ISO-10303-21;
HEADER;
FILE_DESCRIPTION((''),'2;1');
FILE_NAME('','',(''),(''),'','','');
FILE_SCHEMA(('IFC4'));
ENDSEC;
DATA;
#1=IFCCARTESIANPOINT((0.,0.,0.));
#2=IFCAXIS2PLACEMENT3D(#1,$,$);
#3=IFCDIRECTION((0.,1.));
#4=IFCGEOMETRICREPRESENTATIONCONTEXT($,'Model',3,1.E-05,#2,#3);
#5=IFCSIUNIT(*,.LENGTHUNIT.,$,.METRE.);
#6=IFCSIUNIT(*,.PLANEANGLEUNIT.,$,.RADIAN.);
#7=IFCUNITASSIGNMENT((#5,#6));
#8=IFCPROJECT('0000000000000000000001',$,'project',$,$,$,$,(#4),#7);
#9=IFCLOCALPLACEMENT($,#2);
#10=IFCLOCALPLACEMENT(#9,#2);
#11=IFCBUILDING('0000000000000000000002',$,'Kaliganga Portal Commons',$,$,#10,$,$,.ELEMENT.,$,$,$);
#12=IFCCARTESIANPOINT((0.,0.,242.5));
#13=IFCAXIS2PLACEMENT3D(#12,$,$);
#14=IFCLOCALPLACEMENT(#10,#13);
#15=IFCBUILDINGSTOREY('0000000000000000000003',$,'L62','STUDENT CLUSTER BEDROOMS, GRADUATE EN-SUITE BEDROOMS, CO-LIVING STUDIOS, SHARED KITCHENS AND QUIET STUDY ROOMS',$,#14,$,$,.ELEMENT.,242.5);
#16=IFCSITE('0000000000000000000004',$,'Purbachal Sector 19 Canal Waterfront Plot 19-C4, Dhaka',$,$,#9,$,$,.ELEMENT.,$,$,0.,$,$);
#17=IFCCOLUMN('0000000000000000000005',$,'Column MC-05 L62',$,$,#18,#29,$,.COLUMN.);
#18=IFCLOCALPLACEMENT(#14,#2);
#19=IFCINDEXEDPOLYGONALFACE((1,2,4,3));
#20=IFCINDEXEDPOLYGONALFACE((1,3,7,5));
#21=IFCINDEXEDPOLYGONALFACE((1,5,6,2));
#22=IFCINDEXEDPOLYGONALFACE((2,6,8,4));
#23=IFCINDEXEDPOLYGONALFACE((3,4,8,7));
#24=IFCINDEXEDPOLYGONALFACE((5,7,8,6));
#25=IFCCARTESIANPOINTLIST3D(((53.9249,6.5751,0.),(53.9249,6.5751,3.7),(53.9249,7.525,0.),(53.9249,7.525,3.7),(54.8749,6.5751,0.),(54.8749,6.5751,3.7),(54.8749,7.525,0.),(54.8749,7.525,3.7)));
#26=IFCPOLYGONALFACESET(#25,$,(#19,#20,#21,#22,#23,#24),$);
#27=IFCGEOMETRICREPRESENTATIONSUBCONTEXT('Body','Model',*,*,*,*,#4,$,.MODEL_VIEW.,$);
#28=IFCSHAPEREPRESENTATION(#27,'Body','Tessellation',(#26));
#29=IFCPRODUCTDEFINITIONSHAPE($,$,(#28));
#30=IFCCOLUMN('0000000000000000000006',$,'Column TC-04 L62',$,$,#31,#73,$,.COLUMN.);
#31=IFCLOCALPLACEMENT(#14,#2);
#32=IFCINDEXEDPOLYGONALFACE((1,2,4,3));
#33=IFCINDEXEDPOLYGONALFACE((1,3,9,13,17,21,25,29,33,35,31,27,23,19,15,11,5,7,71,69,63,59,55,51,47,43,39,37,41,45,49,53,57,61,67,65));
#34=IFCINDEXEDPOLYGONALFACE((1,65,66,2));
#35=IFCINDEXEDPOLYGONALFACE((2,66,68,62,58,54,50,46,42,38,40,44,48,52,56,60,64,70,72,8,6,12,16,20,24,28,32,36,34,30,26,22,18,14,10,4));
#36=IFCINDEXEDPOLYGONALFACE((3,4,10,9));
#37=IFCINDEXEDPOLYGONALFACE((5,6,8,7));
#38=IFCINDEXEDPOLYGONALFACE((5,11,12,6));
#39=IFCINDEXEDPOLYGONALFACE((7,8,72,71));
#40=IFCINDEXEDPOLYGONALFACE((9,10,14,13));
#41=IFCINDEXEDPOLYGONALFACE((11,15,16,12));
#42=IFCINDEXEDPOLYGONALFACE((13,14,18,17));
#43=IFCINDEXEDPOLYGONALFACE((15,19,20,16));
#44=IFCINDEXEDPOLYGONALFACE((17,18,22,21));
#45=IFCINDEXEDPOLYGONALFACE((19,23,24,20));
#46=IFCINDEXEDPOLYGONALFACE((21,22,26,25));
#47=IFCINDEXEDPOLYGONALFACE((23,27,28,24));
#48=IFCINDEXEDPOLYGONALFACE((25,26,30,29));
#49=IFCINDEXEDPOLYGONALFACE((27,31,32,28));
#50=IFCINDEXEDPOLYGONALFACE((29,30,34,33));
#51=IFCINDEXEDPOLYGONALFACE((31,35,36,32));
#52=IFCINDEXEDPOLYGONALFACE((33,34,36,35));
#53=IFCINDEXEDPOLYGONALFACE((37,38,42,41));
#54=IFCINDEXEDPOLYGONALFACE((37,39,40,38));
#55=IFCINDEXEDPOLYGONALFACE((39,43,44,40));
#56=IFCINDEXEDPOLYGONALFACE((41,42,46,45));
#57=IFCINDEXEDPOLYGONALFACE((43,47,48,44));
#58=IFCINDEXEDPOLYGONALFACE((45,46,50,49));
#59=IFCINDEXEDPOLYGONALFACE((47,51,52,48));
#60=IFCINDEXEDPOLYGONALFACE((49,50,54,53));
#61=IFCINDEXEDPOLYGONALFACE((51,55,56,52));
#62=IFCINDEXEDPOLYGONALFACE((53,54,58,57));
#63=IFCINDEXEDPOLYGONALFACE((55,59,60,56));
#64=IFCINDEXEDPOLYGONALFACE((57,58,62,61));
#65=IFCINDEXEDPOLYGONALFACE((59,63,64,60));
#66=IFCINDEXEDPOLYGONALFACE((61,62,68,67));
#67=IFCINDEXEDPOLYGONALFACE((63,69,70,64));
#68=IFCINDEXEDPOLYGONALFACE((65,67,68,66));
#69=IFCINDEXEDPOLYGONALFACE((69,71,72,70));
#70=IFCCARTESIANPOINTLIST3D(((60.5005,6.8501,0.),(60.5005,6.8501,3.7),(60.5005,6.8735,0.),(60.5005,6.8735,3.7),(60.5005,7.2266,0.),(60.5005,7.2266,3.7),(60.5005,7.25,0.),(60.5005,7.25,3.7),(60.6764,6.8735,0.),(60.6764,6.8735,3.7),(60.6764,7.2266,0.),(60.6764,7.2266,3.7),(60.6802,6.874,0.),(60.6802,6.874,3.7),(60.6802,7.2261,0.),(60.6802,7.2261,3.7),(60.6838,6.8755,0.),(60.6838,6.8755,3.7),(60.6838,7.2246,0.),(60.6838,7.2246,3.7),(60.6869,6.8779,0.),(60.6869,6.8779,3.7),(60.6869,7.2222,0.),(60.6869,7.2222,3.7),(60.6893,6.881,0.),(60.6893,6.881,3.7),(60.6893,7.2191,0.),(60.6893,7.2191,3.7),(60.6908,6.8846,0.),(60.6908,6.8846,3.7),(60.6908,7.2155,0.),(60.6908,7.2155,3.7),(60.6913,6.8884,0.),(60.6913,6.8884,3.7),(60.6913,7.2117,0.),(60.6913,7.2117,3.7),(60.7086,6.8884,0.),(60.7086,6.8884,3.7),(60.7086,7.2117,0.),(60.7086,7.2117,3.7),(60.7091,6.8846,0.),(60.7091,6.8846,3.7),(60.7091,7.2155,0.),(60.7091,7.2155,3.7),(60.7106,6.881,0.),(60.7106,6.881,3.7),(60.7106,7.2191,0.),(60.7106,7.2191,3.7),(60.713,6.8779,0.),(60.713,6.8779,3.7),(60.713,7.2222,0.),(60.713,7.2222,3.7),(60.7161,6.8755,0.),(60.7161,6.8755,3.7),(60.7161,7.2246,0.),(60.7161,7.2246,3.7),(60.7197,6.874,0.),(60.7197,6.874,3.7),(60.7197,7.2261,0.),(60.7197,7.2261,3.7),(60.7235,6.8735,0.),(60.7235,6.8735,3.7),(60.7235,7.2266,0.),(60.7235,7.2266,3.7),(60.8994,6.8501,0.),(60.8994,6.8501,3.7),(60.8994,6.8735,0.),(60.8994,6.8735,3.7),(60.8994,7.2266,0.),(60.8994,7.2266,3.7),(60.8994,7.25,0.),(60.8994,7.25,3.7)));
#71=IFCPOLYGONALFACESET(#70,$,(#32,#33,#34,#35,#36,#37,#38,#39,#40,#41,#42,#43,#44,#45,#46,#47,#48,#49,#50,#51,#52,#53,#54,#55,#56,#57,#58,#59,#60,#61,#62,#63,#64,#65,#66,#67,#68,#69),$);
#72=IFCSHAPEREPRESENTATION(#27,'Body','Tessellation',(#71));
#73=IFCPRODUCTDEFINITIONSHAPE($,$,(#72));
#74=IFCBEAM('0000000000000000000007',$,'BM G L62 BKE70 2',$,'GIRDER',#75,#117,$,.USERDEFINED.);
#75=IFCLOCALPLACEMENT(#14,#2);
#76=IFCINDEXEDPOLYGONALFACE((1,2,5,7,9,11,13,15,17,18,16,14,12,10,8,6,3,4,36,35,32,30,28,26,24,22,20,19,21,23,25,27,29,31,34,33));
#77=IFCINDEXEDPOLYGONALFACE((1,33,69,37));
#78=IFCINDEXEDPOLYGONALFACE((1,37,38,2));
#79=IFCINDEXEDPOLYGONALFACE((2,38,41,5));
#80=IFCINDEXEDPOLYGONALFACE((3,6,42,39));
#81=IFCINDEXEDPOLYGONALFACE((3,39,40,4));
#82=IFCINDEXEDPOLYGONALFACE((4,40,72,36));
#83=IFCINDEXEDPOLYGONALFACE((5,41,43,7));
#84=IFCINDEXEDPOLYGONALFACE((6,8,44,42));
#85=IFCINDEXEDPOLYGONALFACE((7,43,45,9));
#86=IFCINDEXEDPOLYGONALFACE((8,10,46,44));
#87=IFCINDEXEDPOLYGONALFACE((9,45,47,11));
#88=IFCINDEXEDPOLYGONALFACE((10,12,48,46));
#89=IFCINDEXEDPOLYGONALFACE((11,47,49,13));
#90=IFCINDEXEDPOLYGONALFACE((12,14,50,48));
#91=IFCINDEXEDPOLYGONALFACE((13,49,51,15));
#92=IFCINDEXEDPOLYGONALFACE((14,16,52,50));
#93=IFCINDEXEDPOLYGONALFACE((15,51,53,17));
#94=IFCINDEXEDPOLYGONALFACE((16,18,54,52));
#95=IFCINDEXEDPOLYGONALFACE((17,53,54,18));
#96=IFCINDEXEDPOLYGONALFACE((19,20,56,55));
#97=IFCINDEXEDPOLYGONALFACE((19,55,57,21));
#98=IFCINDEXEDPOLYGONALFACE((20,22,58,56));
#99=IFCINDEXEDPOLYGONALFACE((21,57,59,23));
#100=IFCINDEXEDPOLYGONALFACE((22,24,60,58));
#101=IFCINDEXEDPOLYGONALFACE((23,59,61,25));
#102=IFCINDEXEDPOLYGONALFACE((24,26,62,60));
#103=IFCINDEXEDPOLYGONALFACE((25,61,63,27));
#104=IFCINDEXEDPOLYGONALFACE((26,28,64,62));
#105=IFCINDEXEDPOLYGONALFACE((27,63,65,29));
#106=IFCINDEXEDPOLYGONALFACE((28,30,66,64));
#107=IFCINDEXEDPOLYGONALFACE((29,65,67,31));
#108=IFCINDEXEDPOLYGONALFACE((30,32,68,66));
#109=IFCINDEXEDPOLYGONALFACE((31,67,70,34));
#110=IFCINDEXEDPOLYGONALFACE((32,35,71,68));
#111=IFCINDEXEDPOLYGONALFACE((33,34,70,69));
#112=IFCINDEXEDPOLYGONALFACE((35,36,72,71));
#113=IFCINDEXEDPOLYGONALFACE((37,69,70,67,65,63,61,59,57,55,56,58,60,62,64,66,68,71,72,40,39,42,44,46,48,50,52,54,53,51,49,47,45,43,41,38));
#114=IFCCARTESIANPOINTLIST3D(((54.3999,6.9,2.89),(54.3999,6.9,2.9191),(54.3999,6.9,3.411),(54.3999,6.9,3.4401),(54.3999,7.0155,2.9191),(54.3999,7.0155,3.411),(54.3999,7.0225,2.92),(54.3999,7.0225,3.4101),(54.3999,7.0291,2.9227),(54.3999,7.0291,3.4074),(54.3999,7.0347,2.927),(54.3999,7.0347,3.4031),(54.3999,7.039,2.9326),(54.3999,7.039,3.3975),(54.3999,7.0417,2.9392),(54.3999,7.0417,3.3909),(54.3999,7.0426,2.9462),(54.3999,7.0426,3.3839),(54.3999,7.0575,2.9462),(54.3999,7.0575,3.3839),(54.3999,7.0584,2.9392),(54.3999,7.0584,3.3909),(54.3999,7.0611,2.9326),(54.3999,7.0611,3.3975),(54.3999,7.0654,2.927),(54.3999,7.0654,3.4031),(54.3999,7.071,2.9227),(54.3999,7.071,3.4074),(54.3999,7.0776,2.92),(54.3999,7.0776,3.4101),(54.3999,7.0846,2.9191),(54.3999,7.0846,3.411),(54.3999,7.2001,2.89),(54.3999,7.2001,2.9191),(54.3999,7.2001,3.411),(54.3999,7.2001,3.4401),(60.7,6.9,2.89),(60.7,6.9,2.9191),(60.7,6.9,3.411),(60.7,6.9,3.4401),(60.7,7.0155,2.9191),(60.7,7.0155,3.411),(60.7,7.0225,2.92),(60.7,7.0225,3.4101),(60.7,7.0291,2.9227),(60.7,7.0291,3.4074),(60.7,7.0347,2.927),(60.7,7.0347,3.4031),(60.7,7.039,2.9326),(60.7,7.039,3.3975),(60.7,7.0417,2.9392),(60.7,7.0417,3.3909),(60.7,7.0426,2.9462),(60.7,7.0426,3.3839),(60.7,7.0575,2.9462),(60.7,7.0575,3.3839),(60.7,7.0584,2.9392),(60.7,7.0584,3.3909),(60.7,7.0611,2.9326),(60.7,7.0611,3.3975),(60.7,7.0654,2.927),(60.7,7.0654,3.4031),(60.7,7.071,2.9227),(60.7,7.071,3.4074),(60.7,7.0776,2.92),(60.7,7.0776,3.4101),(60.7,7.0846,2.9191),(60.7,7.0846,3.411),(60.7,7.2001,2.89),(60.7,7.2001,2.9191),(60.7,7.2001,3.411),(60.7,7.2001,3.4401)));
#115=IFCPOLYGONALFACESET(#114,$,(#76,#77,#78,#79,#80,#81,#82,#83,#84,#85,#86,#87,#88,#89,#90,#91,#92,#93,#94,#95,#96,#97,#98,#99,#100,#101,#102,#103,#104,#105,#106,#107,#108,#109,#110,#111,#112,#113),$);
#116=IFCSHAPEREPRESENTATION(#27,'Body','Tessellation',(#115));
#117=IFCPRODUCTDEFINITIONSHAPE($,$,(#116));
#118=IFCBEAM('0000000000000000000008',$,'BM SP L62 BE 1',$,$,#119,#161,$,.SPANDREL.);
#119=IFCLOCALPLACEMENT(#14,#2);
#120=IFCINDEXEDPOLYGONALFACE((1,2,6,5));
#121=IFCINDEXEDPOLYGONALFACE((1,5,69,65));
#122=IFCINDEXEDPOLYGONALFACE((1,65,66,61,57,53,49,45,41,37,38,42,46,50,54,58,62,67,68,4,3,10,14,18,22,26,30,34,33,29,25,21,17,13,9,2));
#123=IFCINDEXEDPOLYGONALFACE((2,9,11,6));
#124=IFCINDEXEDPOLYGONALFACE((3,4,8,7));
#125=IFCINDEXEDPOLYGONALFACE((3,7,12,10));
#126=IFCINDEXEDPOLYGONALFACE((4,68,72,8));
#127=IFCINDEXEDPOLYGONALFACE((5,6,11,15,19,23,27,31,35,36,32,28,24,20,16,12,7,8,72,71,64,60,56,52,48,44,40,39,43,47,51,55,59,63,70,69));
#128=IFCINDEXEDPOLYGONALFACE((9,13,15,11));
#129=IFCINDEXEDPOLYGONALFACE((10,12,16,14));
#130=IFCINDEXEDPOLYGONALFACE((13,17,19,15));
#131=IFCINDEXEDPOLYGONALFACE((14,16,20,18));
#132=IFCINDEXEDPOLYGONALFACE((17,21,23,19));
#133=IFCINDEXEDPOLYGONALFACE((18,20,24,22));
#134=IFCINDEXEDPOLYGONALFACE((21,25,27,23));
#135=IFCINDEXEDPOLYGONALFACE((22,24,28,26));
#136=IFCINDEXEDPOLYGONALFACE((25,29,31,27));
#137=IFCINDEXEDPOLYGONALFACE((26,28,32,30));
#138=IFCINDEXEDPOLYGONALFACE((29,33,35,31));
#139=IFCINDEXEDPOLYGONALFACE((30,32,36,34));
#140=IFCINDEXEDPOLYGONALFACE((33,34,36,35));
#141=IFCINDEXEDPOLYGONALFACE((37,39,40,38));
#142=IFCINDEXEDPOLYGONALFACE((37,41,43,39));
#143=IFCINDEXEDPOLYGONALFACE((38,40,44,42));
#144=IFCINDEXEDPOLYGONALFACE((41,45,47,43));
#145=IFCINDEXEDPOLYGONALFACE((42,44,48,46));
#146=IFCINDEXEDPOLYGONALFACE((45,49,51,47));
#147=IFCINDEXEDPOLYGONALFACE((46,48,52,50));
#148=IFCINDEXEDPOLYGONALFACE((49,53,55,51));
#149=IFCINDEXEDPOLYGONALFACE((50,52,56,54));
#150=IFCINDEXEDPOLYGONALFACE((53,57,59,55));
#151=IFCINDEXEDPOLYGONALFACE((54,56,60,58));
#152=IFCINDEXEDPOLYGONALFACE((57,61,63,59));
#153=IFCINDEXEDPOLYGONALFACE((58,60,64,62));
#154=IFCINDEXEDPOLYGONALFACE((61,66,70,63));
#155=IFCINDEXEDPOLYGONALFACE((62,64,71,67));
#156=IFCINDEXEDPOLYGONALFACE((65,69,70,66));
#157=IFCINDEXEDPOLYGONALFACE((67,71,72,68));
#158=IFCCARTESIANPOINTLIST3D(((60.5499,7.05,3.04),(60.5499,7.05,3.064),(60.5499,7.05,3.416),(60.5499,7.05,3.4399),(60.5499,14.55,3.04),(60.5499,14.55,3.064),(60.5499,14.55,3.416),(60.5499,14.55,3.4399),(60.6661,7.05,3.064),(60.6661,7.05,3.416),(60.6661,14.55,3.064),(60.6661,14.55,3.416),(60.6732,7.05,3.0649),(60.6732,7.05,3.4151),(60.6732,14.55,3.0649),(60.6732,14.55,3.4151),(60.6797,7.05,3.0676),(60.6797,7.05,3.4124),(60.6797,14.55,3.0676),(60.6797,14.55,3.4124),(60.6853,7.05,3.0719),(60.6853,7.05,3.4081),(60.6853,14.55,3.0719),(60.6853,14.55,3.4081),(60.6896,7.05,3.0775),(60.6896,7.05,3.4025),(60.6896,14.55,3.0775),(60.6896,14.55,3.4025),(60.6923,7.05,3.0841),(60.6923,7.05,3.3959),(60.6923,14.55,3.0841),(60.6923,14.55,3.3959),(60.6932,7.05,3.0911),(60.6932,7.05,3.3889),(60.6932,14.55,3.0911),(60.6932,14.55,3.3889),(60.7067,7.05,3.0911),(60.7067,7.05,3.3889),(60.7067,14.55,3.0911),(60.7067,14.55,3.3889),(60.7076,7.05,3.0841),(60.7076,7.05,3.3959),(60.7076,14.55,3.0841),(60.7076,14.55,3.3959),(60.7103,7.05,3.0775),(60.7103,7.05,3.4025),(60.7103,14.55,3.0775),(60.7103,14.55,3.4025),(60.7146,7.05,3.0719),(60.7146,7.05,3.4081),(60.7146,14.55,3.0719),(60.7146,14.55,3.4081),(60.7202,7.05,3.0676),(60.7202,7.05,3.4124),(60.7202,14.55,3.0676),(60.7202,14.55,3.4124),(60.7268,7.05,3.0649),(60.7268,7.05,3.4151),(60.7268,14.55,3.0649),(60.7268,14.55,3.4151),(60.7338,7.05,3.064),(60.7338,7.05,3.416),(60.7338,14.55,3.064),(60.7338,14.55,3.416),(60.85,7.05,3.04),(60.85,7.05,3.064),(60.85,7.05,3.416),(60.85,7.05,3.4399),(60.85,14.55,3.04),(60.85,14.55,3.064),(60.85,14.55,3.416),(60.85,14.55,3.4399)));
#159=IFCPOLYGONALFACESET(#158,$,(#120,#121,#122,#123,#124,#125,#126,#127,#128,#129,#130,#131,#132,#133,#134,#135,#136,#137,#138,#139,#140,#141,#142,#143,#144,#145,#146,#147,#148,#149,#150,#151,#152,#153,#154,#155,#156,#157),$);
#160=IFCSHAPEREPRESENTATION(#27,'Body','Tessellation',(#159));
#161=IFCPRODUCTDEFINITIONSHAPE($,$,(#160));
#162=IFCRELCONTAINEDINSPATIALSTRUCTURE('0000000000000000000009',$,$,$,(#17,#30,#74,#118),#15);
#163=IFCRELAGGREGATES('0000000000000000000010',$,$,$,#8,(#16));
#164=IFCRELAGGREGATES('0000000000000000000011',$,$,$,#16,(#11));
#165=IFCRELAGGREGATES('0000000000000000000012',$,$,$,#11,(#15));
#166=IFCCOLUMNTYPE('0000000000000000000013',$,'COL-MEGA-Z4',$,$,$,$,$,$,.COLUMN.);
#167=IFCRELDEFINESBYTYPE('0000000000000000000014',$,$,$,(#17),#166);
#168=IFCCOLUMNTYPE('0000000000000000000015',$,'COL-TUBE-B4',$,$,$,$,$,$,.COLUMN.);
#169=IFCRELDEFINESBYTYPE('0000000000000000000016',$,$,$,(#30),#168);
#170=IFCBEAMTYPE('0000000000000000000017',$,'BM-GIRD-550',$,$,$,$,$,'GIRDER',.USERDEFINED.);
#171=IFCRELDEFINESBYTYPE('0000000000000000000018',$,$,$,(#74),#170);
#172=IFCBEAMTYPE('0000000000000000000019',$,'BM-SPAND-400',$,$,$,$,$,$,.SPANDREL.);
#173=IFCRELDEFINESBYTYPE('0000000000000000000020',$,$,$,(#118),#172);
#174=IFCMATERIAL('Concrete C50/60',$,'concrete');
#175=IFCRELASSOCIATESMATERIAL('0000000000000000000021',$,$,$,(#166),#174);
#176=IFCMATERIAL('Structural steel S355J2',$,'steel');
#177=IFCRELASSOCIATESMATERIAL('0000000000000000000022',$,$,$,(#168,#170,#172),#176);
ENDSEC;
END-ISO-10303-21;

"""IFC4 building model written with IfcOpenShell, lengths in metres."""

from ifc_helpers import new_model, si_unit, direction, frame, origin, origin_2d, place, context, subcontext, project, spatial, rectangle, i_section, extrude, source, transform, mapped, material, material_profile, profile_set, type_object, element, save


model = new_model("IFC4")

# Units and contexts
model_context = context("Model", 3, precision=1e-05, world=origin(), true_north=direction((0.0, 1.0)))
body_context = subcontext(model_context, "Body", "Model", "MODEL_VIEW")
ifc_project = project(units=[si_unit("LENGTHUNIT", "METRE"), si_unit("PLANEANGLEUNIT", "RADIAN")], contexts=[model_context])

# Site, building, storey
site_placement = place(None, origin())
site = spatial("IfcSite", under=ifc_project, at=site_placement, Name="Purbachal Sector 19 Canal Waterfront Plot 19-C4, Dhaka", CompositionType="ELEMENT", RefElevation=0.0)
building_placement = place(site_placement, origin())
building = spatial("IfcBuilding", under=site, at=building_placement, Name="Kaliganga Portal Commons", CompositionType="ELEMENT")
storey_placement = place(building_placement, frame((0.0, 0.0, 242.5)))
storey = spatial("IfcBuildingStorey", under=building, at=storey_placement, Name="L62", Description="STUDENT CLUSTER BEDROOMS, GRADUATE EN-SUITE BEDROOMS, CO-LIVING STUDIOS, SHARED KITCHENS AND QUIET STUDY ROOMS", CompositionType="ELEMENT", Elevation=242.5)

# Columns
ifc_material_1 = material(Name="Concrete C50/60", Category="concrete")
ifc_material_profile_1 = material_profile(ifc_material_1, rectangle(XDim=0.95, YDim=0.95, at=origin_2d()), Name="RC 950x950")
ifc_profile_set_1 = profile_set([ifc_material_profile_1], Name="Concrete C50/60")
column_type_1 = type_object("IfcColumnType", Name="COL-MEGA-Z4", PredefinedType="COLUMN", material=ifc_profile_set_1)
shared_shape_1 = source(origin(), body_context, "Body", "SweptSolid", [
    extrude(rectangle(XDim=0.95, YDim=0.95, at=origin_2d()), origin(), (0.0, 0.0, 1.0), 3.7),
])
column_1_placement = place(storey_placement, frame((54.3999, 7.05, 0.0), z_axis=(0.0, 0.0, 1.0), x_axis=(1.0, 0.0, 0.0)))
element("IfcColumn", 1, at=column_1_placement, inside=storey, type_object=column_type_1, Name="Column MC-05 L62", PredefinedType="COLUMN", context=body_context, shape_type="MappedRepresentation", body=[
    mapped(shared_shape_1, transform((0.0, 0.0, 0.0), x_axis=(1.0, 0.0, 0.0), y_axis=(0.0, 1.0, 0.0), z_axis=(0.0, 0.0, 1.0), scale=1.0)),
])
ifc_material_2 = material(Name="Structural steel S355J2", Category="steel")
ifc_material_profile_2 = material_profile(ifc_material_2, i_section(OverallWidth=0.3989, OverallDepth=0.3999, WebThickness=0.0173, FlangeThickness=0.0234, FilletRadius=0.0149, at=origin_2d()), Name="HD 400x287")
ifc_profile_set_2 = profile_set([ifc_material_profile_2], Name="Structural steel S355J2 wide-flange")
column_type_2 = type_object("IfcColumnType", Name="COL-TUBE-B4", PredefinedType="COLUMN", material=ifc_profile_set_2)
shared_shape_2 = source(origin(), body_context, "Body", "SweptSolid", [
    extrude(i_section(OverallWidth=0.3989, OverallDepth=0.3999, WebThickness=0.0173, FlangeThickness=0.0234, FilletRadius=0.0149, at=origin_2d()), origin(), (0.0, 0.0, 1.0), 3.7),
])
column_2_placement = place(storey_placement, frame((60.7, 7.05, 0.0), z_axis=(0.0, 0.0, 1.0), x_axis=(1.0, 0.0, 0.0)))
element("IfcColumn", 2, at=column_2_placement, inside=storey, type_object=column_type_2, Name="Column TC-04 L62", PredefinedType="COLUMN", context=body_context, shape_type="MappedRepresentation", body=[
    mapped(shared_shape_2, transform((0.0, 0.0, 0.0), x_axis=(1.0, 0.0, 0.0), y_axis=(0.0, 1.0, 0.0), z_axis=(0.0, 0.0, 1.0), scale=1.0)),
])

# Beams
ifc_material_profile_3 = material_profile(ifc_material_2, i_section(OverallWidth=0.3, OverallDepth=0.55, WebThickness=0.0149, FlangeThickness=0.0291, FilletRadius=0.0271, at=origin_2d()), Name="HE 550 B")
ifc_profile_set_3 = profile_set([ifc_material_profile_3], Name="Structural steel S355J2 wide-flange")
beam_type_1 = type_object("IfcBeamType", Name="BM-GIRD-550", ElementType="GIRDER", PredefinedType="USERDEFINED", material=ifc_profile_set_3)
shared_shape_3 = source(origin(), body_context, "Body", "SweptSolid", [
    extrude(i_section(OverallWidth=0.3, OverallDepth=0.55, WebThickness=0.0149, FlangeThickness=0.0291, FilletRadius=0.0271, at=origin_2d()), origin(), (0.0, 0.0, 1.0), 6.3),
])
beam_1_placement = place(storey_placement, frame((54.3999, 7.05, 3.165), z_axis=(1.0, 0.0, 0.0), x_axis=(0.0, 1.0, 0.0)))
element("IfcBeam", 3, at=beam_1_placement, inside=storey, type_object=beam_type_1, Name="BM G L62 BKE70 2", ObjectType="GIRDER", PredefinedType="USERDEFINED", context=body_context, shape_type="MappedRepresentation", body=[
    mapped(shared_shape_3, transform((0.0, 0.0, 0.0), x_axis=(1.0, 0.0, 0.0), y_axis=(0.0, 1.0, 0.0), z_axis=(0.0, 0.0, 1.0), scale=1.0)),
])
ifc_material_profile_4 = material_profile(ifc_material_2, i_section(OverallWidth=0.3, OverallDepth=0.3999, WebThickness=0.0134, FlangeThickness=0.0239, FilletRadius=0.0271, at=origin_2d()), Name="HE 400 B")
ifc_profile_set_4 = profile_set([ifc_material_profile_4], Name="Structural steel S355J2 wide-flange")
beam_type_2 = type_object("IfcBeamType", Name="BM-SPAND-400", PredefinedType="SPANDREL", material=ifc_profile_set_4)
shared_shape_4 = source(origin(), body_context, "Body", "SweptSolid", [
    extrude(i_section(OverallWidth=0.3, OverallDepth=0.3999, WebThickness=0.0134, FlangeThickness=0.0239, FilletRadius=0.0271, at=origin_2d()), origin(), (0.0, 0.0, 1.0), 7.5),
])
beam_2_placement = place(storey_placement, frame((60.7, 7.05, 3.24), z_axis=(0.0, 1.0, 0.0), x_axis=(-1.0, 0.0, 0.0)))
element("IfcBeam", 4, at=beam_2_placement, inside=storey, type_object=beam_type_2, Name="BM SP L62 BE 1", PredefinedType="SPANDREL", context=body_context, shape_type="MappedRepresentation", body=[
    mapped(shared_shape_4, transform((0.0, 0.0, 0.0), x_axis=(1.0, 0.0, 0.0), y_axis=(0.0, 1.0, 0.0), z_axis=(0.0, 0.0, 1.0), scale=1.0)),
])

save(model, "model.ifc")
